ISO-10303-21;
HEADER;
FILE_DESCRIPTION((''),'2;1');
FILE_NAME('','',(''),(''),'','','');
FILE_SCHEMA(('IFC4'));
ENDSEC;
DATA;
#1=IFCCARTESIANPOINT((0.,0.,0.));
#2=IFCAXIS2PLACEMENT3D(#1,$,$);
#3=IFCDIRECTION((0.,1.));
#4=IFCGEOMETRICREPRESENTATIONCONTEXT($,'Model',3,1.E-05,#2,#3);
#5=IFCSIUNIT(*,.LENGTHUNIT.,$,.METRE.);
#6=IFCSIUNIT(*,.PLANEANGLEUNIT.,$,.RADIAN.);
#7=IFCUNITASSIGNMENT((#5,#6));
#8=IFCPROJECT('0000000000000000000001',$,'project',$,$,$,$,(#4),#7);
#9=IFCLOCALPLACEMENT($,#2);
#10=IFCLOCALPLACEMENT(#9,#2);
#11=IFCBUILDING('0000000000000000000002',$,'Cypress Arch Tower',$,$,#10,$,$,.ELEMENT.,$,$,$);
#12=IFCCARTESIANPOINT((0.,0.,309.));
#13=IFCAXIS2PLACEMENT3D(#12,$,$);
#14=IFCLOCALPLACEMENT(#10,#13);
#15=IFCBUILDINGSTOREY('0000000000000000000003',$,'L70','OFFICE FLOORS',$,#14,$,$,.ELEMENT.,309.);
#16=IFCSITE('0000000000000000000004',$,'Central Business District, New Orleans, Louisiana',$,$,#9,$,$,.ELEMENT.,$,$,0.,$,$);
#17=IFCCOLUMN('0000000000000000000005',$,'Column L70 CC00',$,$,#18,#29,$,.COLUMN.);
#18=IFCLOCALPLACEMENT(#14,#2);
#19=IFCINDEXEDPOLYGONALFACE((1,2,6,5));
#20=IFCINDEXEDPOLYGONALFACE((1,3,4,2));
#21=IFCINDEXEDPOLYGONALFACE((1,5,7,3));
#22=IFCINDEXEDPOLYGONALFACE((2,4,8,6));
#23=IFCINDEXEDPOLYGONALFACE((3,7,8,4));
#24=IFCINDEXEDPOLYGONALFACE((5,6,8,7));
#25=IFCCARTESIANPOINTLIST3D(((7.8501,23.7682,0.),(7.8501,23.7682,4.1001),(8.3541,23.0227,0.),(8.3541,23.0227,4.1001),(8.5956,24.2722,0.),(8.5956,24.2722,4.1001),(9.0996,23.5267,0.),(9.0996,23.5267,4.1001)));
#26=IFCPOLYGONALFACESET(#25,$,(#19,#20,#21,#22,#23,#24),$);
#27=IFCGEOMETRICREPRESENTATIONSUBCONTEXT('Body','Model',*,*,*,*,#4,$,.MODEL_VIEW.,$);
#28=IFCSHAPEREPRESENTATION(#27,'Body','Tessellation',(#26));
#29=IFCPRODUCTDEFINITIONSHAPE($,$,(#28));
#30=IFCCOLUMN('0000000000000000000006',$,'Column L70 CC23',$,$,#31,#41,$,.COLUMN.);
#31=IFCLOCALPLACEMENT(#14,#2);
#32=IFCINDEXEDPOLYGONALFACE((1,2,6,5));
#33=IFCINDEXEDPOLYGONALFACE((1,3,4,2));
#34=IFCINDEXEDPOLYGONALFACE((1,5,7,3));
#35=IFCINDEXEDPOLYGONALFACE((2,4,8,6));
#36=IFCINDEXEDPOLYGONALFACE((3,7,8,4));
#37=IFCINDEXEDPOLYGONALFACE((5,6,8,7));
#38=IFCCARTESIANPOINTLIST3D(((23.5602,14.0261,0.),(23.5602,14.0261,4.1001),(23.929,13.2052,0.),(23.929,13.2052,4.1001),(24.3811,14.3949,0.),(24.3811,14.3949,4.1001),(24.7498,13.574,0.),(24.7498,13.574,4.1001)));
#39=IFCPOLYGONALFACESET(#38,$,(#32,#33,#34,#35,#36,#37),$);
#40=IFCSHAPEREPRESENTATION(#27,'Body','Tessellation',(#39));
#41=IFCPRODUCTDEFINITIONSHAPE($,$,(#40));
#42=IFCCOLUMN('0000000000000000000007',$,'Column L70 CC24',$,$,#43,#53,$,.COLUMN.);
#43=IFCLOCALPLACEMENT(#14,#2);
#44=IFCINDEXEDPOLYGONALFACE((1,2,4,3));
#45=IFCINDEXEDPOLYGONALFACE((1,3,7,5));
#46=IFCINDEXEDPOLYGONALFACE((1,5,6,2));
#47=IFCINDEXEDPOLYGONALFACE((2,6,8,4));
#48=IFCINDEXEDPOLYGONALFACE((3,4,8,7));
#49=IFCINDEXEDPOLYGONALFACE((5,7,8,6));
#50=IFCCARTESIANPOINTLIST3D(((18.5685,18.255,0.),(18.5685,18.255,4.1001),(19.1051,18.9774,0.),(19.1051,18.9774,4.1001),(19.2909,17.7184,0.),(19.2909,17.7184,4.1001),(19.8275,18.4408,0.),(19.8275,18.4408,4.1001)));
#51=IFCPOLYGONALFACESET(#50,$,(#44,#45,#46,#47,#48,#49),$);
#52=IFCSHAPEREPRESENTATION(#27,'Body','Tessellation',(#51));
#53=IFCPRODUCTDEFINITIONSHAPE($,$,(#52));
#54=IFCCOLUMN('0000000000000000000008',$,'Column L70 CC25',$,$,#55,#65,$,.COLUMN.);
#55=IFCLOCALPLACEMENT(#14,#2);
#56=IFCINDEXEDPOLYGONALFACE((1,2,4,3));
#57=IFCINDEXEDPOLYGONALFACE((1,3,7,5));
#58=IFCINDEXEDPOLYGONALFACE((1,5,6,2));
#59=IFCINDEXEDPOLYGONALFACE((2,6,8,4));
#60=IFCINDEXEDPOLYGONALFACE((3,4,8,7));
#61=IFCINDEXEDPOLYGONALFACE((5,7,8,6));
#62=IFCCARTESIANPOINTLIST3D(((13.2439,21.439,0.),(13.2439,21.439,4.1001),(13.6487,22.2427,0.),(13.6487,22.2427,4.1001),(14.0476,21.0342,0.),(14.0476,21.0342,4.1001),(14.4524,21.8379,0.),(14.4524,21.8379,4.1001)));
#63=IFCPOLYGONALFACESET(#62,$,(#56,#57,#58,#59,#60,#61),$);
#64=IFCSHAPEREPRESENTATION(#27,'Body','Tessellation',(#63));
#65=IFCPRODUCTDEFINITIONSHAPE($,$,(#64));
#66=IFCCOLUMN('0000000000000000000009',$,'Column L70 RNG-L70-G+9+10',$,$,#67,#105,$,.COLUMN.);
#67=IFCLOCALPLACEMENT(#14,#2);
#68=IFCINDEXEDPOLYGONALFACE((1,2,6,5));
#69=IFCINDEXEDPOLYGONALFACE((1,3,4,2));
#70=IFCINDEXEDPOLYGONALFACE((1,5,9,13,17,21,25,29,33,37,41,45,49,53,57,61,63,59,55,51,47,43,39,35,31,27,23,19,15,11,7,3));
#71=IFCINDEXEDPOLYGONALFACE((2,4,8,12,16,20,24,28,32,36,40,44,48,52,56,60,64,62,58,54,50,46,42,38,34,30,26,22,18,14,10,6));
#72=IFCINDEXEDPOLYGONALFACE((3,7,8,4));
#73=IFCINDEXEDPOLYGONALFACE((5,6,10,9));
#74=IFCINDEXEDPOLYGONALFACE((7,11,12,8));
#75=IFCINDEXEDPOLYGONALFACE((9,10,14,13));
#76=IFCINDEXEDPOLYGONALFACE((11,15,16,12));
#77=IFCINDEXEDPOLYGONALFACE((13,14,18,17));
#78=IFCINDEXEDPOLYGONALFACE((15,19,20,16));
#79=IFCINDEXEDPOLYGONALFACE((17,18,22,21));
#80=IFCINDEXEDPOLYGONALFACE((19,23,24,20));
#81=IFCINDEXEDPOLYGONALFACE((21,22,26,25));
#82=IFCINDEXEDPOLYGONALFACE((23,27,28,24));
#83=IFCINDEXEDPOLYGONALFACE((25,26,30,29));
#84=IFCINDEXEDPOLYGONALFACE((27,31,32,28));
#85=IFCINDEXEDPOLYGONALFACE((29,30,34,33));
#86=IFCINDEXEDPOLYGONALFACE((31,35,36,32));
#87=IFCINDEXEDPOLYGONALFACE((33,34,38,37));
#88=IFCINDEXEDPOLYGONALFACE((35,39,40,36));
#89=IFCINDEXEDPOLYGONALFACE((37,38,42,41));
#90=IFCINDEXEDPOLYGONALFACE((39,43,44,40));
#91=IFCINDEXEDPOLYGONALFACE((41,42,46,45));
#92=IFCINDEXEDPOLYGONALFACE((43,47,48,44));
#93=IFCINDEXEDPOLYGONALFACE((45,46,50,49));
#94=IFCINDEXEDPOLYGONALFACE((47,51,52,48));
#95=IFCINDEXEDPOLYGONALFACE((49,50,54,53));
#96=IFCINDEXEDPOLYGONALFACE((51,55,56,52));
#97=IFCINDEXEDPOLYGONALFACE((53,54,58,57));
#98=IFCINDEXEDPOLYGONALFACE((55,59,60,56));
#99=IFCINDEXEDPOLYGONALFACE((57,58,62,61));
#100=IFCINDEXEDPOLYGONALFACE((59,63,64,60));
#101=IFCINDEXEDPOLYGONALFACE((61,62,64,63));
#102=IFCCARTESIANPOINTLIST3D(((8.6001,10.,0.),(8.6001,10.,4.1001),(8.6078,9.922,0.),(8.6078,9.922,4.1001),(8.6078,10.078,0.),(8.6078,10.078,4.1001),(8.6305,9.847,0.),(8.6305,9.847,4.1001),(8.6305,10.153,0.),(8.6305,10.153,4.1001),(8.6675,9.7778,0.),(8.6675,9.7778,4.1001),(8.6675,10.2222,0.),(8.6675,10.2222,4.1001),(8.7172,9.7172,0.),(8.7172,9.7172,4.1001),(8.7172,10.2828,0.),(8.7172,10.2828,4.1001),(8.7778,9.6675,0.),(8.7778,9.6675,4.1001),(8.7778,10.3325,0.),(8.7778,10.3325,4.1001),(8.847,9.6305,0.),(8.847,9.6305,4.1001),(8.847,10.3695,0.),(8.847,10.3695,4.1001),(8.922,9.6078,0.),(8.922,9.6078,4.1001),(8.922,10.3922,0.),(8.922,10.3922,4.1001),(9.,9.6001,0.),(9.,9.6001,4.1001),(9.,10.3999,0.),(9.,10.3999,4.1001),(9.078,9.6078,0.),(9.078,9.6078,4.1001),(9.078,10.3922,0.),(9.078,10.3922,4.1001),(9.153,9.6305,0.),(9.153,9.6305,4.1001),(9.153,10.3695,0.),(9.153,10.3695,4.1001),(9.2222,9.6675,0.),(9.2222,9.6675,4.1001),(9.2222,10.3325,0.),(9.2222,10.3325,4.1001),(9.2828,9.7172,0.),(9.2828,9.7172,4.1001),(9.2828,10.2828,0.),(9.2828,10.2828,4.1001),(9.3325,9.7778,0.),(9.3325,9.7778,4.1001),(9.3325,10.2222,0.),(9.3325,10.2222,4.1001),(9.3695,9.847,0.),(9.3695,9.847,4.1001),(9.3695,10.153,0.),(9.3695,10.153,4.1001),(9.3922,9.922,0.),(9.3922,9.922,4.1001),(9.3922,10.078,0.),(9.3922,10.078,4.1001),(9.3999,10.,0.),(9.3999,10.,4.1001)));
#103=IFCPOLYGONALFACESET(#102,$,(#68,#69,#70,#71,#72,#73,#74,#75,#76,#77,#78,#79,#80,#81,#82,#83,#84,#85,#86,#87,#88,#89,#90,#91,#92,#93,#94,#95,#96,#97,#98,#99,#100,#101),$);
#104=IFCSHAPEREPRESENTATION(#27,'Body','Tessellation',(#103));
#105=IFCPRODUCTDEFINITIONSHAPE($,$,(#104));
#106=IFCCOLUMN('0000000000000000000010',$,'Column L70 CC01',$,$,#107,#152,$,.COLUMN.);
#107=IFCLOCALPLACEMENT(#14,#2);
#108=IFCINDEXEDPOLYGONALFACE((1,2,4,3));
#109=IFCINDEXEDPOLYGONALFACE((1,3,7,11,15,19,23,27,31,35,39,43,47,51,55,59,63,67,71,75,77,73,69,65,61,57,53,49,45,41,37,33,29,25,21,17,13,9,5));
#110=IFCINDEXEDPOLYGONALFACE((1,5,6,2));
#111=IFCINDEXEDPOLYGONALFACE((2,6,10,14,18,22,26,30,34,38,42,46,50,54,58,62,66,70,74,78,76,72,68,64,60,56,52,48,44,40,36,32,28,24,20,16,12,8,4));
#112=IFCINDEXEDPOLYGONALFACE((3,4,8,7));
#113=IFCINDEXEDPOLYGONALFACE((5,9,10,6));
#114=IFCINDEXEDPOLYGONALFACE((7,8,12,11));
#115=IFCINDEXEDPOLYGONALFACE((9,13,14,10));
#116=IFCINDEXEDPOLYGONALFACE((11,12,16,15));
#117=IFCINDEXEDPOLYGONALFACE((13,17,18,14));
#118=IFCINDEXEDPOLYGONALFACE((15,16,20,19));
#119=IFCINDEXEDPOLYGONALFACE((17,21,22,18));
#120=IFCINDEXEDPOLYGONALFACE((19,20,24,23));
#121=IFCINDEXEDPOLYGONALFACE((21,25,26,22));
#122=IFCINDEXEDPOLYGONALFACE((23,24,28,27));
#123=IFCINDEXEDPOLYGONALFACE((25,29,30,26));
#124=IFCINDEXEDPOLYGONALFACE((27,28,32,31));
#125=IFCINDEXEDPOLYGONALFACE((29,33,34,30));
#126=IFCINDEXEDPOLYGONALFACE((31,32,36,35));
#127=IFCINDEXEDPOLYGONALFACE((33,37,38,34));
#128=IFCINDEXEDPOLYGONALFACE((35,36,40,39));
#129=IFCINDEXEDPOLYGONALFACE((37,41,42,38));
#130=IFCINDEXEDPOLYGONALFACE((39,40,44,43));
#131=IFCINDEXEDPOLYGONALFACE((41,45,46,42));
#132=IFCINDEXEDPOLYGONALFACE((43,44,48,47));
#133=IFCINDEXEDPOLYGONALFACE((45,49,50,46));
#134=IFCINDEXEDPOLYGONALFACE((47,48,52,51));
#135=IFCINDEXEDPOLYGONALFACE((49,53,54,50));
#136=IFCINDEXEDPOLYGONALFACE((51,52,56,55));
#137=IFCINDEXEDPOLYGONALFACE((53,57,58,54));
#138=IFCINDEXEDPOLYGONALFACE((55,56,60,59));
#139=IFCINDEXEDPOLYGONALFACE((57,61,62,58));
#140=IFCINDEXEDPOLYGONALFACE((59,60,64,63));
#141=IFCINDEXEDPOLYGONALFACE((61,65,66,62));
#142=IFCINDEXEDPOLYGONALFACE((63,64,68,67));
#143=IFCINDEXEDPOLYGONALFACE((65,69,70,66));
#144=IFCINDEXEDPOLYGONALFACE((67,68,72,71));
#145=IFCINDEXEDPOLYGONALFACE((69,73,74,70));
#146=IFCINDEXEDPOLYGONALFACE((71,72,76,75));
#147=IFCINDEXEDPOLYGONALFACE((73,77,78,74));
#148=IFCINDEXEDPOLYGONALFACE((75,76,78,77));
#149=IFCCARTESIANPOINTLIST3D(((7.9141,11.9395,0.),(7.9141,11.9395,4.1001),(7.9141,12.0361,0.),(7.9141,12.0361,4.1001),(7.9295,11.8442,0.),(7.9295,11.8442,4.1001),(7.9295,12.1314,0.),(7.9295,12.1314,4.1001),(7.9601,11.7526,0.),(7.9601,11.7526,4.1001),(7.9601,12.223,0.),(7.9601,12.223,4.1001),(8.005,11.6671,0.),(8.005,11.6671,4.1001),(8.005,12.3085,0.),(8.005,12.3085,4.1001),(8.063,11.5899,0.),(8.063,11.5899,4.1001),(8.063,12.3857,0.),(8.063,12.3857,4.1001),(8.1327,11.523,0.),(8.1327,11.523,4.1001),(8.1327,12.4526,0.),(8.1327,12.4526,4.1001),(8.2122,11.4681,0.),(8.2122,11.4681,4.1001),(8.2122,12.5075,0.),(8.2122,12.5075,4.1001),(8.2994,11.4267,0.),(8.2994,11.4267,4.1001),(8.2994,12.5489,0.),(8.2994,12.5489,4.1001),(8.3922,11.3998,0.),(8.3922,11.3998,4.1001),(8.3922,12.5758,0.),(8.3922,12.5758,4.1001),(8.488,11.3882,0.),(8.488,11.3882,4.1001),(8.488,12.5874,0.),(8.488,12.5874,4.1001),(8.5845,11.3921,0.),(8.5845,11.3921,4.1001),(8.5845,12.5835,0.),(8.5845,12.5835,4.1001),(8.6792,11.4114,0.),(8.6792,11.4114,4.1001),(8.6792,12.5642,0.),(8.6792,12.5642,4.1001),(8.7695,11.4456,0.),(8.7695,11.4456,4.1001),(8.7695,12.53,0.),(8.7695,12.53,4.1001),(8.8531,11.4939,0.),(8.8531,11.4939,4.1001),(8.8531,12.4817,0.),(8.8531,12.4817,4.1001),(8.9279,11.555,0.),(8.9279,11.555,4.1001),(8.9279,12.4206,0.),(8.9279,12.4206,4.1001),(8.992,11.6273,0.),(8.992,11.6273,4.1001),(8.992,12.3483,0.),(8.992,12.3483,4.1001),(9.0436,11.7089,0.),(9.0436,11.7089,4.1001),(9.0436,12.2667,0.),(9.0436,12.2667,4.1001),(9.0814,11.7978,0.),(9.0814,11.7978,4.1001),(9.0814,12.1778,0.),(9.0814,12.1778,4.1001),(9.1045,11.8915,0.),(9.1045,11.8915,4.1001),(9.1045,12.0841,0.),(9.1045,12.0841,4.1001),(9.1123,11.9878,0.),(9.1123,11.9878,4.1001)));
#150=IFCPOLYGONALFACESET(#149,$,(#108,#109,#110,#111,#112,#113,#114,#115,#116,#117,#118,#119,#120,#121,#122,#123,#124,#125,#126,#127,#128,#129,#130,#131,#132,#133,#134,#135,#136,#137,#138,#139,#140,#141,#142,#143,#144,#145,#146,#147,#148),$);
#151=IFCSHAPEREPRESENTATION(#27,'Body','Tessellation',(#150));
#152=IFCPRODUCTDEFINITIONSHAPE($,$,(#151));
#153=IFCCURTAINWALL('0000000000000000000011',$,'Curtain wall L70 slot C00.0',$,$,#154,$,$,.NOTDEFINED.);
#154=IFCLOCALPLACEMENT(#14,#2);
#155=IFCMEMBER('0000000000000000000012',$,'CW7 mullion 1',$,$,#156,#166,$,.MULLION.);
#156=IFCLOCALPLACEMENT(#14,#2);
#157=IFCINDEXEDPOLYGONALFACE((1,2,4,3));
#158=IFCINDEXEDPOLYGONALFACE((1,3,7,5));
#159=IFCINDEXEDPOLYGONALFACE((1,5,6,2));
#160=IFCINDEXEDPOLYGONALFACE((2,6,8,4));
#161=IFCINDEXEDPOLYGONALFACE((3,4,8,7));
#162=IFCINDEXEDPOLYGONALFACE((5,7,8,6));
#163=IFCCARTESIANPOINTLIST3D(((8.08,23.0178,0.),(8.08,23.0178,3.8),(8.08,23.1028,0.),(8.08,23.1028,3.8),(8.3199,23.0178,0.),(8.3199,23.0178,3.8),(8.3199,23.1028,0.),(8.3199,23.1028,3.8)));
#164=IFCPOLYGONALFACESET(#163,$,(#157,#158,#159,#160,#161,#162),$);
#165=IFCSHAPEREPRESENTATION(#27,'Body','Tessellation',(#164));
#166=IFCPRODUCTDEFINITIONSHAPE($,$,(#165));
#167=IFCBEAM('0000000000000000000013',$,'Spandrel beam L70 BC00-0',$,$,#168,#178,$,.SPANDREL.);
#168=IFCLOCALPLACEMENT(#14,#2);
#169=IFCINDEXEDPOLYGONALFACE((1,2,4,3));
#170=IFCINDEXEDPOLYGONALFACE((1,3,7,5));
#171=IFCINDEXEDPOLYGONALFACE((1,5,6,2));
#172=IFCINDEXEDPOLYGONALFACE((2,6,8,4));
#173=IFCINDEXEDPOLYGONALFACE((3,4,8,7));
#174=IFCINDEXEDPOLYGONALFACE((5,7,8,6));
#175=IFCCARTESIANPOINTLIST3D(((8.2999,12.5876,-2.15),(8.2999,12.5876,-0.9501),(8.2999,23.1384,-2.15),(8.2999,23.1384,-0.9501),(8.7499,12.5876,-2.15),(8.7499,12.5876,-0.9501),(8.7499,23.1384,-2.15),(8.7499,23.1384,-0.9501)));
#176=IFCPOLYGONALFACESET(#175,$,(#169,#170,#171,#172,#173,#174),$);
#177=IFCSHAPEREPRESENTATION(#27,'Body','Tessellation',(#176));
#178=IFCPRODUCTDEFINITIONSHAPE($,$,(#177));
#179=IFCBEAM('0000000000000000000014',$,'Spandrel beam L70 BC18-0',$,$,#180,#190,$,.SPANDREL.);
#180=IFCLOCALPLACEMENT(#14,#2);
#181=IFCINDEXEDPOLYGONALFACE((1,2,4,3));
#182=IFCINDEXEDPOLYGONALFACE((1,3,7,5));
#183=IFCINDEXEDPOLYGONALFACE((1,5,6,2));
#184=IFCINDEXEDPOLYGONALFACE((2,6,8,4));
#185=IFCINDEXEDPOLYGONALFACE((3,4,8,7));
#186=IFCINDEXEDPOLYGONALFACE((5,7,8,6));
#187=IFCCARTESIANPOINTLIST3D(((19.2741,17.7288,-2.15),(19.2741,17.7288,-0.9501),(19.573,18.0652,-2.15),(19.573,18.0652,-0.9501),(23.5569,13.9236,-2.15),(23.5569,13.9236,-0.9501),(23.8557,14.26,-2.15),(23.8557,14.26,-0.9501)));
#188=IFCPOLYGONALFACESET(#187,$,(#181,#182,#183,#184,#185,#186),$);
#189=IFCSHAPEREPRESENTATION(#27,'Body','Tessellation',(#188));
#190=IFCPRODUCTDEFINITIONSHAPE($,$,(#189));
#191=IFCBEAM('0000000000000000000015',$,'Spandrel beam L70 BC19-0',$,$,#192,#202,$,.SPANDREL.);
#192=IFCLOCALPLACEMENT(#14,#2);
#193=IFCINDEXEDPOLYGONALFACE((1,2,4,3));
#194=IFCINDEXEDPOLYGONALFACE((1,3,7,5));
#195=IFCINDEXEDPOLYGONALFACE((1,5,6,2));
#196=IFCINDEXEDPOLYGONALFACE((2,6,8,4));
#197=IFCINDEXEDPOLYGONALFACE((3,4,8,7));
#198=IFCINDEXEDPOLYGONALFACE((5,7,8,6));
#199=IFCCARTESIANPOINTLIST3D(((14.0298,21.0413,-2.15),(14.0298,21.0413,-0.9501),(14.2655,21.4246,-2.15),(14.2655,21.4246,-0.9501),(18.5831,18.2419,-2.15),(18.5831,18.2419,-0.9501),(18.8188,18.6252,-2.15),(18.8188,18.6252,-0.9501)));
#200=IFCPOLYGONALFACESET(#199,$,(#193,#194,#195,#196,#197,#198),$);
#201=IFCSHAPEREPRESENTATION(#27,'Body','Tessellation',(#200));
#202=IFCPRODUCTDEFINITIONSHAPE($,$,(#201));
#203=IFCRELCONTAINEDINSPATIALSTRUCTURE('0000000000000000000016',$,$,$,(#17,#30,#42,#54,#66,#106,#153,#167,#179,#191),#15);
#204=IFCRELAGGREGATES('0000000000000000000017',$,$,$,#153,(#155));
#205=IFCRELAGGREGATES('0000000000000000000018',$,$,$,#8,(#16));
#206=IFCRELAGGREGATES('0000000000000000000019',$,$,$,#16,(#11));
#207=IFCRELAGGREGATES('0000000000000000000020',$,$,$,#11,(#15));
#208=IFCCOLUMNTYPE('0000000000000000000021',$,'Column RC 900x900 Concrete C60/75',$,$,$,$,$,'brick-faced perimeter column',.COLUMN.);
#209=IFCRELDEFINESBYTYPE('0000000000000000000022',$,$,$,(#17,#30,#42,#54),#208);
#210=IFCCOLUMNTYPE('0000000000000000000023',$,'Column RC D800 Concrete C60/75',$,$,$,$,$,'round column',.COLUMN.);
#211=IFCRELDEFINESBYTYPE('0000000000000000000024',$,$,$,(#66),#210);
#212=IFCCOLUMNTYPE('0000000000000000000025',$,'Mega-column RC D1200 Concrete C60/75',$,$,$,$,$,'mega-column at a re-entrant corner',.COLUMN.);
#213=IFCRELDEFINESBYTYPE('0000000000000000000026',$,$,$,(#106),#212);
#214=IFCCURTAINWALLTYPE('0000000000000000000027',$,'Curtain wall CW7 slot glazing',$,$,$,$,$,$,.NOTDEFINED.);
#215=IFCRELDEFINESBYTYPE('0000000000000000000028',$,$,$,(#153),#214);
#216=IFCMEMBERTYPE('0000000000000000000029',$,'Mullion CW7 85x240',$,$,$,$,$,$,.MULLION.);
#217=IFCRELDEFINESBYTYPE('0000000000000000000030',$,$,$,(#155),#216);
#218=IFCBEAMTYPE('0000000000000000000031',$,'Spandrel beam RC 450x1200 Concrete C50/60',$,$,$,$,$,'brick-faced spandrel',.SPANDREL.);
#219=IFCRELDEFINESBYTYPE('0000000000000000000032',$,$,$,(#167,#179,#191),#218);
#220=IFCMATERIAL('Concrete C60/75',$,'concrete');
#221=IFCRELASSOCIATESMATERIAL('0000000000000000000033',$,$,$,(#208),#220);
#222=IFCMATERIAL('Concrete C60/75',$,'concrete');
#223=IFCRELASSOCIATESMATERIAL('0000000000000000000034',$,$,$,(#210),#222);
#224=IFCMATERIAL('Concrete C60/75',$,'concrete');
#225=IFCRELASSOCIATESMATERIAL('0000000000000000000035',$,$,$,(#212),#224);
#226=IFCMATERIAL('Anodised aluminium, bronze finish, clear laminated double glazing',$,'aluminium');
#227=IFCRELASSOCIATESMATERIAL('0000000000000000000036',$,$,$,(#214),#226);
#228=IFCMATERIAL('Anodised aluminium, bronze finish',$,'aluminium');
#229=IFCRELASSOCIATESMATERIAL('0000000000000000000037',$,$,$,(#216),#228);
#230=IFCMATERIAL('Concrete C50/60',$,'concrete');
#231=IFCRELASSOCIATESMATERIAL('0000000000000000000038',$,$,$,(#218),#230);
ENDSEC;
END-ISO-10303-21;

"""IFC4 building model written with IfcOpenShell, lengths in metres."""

from ifc_helpers import new_model, si_unit, direction, frame, origin, origin_2d, place, context, subcontext, project, spatial, rectangle, circle, extrude, material, material_profile, profile_set, type_object, element, aggregate, save


model = new_model("IFC4")

# Units and contexts
model_context = context("Model", 3, precision=1e-05, world=origin(), true_north=direction((0.0, 1.0)))
body_context = subcontext(model_context, "Body", "Model", "MODEL_VIEW")
ifc_project = project(units=[si_unit("LENGTHUNIT", "METRE"), si_unit("PLANEANGLEUNIT", "RADIAN")], contexts=[model_context])

# Site, building, storey
site_placement = place(None, origin())
site = spatial("IfcSite", under=ifc_project, at=site_placement, Name="Central Business District, New Orleans, Louisiana", CompositionType="ELEMENT", RefElevation=0.0)
building_placement = place(site_placement, origin())
building = spatial("IfcBuilding", under=site, at=building_placement, Name="Cypress Arch Tower", CompositionType="ELEMENT")
storey_placement = place(building_placement, frame((0.0, 0.0, 309.0)))
storey = spatial("IfcBuildingStorey", under=building, at=storey_placement, Name="L70", Description="OFFICE FLOORS", CompositionType="ELEMENT", Elevation=309.0)

# Columns
ifc_material_1 = material(Name="Concrete C60/75", Category="concrete")
ifc_material_profile_1 = material_profile(ifc_material_1, rectangle(XDim=0.8999, YDim=0.8999, at=origin_2d()), Name="RC 900x900")
ifc_profile_set_1 = profile_set([ifc_material_profile_1], Name="Concrete C60/75")
column_type_1 = type_object("IfcColumnType", Name="Column RC 900x900 Concrete C60/75", ElementType="brick-faced perimeter column", PredefinedType="COLUMN", material=ifc_profile_set_1)
for number, where, z_axis, x_axis, name in (
    (1, (8.4749, 23.6475, 0.0), (0.0, 0.0, 1.0), (-0.82847, -0.560034, 0.0), "Column L70 CC00"),
    (2, (24.155, 13.8, 0.0), (0.0, 0.0, 1.0), (-0.409765, 0.912191, 0.0), "Column L70 CC23"),
    (3, (19.198, 18.3479, 0.0), (0.0, 0.0, 1.0), (-0.802799, 0.59625, 0.0), "Column L70 CC24"),
    (4, (13.8481, 21.6384, 0.0), (0.0, 0.0, 1.0), (-0.893106, 0.449845, 0.0), "Column L70 CC25"),
):
    element("IfcColumn", number, at=place(storey_placement, frame(where, z_axis=z_axis, x_axis=x_axis)), inside=storey, type_object=column_type_1, Name=name, PredefinedType="COLUMN", context=body_context, shape_type="SweptSolid", body=[
        extrude(rectangle(XDim=0.8999, YDim=0.8999, at=origin_2d()), origin(), (0.0, 0.0, 1.0), 4.1001),
    ])
ifc_material_2 = material(Name="Concrete C60/75", Category="concrete")
ifc_material_profile_2 = material_profile(ifc_material_2, circle(Radius=0.3999, at=origin_2d()), Name="RC D800")
ifc_profile_set_2 = profile_set([ifc_material_profile_2], Name="Concrete C60/75")
column_type_2 = type_object("IfcColumnType", Name="Column RC D800 Concrete C60/75", ElementType="round column", PredefinedType="COLUMN", material=ifc_profile_set_2)
column_1_placement = place(storey_placement, frame((9.0, 10.0, 0.0), z_axis=(0.0, 0.0, 1.0), x_axis=(1.0, 0.0, 0.0)))
element("IfcColumn", 5, at=column_1_placement, inside=storey, type_object=column_type_2, Name="Column L70 RNG-L70-G+9+10", PredefinedType="COLUMN", context=body_context, shape_type="SweptSolid", body=[
    extrude(circle(Radius=0.3999, at=origin_2d()), origin(), (0.0, 0.0, 1.0), 4.1001),
])
ifc_material_3 = material(Name="Concrete C60/75", Category="concrete")
ifc_material_profile_3 = material_profile(ifc_material_3, circle(Radius=0.6001, at=origin_2d()), Name="RC D1200")
ifc_profile_set_3 = profile_set([ifc_material_profile_3], Name="Concrete C60/75")
column_type_3 = type_object("IfcColumnType", Name="Mega-column RC D1200 Concrete C60/75", ElementType="mega-column at a re-entrant corner", PredefinedType="COLUMN", material=ifc_profile_set_3)
column_2_placement = place(storey_placement, frame((8.5122, 11.9878, 0.0), z_axis=(0.0, 0.0, 1.0), x_axis=(1.0, 0.0, 0.0)))
element("IfcColumn", 6, at=column_2_placement, inside=storey, type_object=column_type_3, Name="Column L70 CC01", PredefinedType="COLUMN", context=body_context, shape_type="SweptSolid", body=[
    extrude(circle(Radius=0.6001, at=origin_2d()), origin(), (0.0, 0.0, 1.0), 4.1001),
])

# Curtain wall, member
ifc_material_4 = material(Name="Anodised aluminium, bronze finish, clear laminated double glazing", Category="aluminium")
curtain_wall_type = type_object("IfcCurtainWallType", Name="Curtain wall CW7 slot glazing", PredefinedType="NOTDEFINED", material=ifc_material_4)
curtain_wall_placement = place(storey_placement, origin())
curtain_wall = element("IfcCurtainWall", 7, at=curtain_wall_placement, inside=storey, type_object=curtain_wall_type, Name="Curtain wall L70 slot C00.0", PredefinedType="NOTDEFINED")
ifc_material_5 = material(Name="Anodised aluminium, bronze finish", Category="aluminium")
ifc_material_profile_4 = material_profile(ifc_material_5, rectangle(XDim=0.24, YDim=0.085, at=origin_2d()), Name="Mullion 85x240")
ifc_profile_set_4 = profile_set([ifc_material_profile_4], Name="Anodised aluminium, bronze finish")
member_type_1 = type_object("IfcMemberType", Name="Mullion CW7 85x240", PredefinedType="MULLION", material=ifc_profile_set_4)
member_1_placement = place(storey_placement, frame((8.2, 23.0603, 0.0), z_axis=(0.0, 0.0, 1.0), x_axis=(1.0, 0.0, 0.0)))
member_1 = element("IfcMember", 8, at=member_1_placement, type_object=member_type_1, Name="CW7 mullion 1", PredefinedType="MULLION", context=body_context, shape_type="SweptSolid", body=[
    extrude(rectangle(XDim=0.24, YDim=0.085, at=origin_2d()), origin(), (0.0, 0.0, 1.0), 3.8),
])

# Beams
ifc_material_6 = material(Name="Concrete C50/60", Category="concrete")
ifc_material_profile_5 = material_profile(ifc_material_6, rectangle(XDim=0.45, YDim=1.2, at=origin_2d()), Name="RC 450x1200")
ifc_profile_set_5 = profile_set([ifc_material_profile_5], Name="Concrete C50/60")
beam_type = type_object("IfcBeamType", Name="Spandrel beam RC 450x1200 Concrete C50/60", ElementType="brick-faced spandrel", PredefinedType="SPANDREL", material=ifc_profile_set_5)
beam_1_placement = place(storey_placement, frame((8.5249, 23.1384, -1.55), z_axis=(0.0, -1.0, 0.0), x_axis=(1.0, 0.0, 0.0)))
element("IfcBeam", 9, at=beam_1_placement, inside=storey, type_object=beam_type, Name="Spandrel beam L70 BC00-0", PredefinedType="SPANDREL", context=body_context, shape_type="SweptSolid", body=[
    extrude(rectangle(XDim=0.45, YDim=1.2, at=origin_2d()), origin(), (0.0, 0.0, 1.0), 10.5508),
])
beam_2_placement = place(storey_placement, frame((23.7063, 14.0918, -1.55), z_axis=(-0.747555, 0.6642, 0.0), x_axis=(-0.6642, -0.747555, 0.0)))
element("IfcBeam", 10, at=beam_2_placement, inside=storey, type_object=beam_type, Name="Spandrel beam L70 BC18-0", PredefinedType="SPANDREL", context=body_context, shape_type="SweptSolid", body=[
    extrude(rectangle(XDim=0.45, YDim=1.2, at=origin_2d()), origin(), (0.0, 0.0, 1.0), 5.729),
])
beam_3_placement = place(storey_placement, frame((18.7009, 18.4336, -1.55), z_axis=(-0.851881, 0.523735, 0.0), x_axis=(-0.523735, -0.851881, 0.0)))
element("IfcBeam", 11, at=beam_3_placement, inside=storey, type_object=beam_type, Name="Spandrel beam L70 BC19-0", PredefinedType="SPANDREL", context=body_context, shape_type="SweptSolid", body=[
    extrude(rectangle(XDim=0.45, YDim=1.2, at=origin_2d()), origin(), (0.0, 0.0, 1.0), 5.345),
])

aggregate(curtain_wall, [member_1])

save(model, "model.ifc")
